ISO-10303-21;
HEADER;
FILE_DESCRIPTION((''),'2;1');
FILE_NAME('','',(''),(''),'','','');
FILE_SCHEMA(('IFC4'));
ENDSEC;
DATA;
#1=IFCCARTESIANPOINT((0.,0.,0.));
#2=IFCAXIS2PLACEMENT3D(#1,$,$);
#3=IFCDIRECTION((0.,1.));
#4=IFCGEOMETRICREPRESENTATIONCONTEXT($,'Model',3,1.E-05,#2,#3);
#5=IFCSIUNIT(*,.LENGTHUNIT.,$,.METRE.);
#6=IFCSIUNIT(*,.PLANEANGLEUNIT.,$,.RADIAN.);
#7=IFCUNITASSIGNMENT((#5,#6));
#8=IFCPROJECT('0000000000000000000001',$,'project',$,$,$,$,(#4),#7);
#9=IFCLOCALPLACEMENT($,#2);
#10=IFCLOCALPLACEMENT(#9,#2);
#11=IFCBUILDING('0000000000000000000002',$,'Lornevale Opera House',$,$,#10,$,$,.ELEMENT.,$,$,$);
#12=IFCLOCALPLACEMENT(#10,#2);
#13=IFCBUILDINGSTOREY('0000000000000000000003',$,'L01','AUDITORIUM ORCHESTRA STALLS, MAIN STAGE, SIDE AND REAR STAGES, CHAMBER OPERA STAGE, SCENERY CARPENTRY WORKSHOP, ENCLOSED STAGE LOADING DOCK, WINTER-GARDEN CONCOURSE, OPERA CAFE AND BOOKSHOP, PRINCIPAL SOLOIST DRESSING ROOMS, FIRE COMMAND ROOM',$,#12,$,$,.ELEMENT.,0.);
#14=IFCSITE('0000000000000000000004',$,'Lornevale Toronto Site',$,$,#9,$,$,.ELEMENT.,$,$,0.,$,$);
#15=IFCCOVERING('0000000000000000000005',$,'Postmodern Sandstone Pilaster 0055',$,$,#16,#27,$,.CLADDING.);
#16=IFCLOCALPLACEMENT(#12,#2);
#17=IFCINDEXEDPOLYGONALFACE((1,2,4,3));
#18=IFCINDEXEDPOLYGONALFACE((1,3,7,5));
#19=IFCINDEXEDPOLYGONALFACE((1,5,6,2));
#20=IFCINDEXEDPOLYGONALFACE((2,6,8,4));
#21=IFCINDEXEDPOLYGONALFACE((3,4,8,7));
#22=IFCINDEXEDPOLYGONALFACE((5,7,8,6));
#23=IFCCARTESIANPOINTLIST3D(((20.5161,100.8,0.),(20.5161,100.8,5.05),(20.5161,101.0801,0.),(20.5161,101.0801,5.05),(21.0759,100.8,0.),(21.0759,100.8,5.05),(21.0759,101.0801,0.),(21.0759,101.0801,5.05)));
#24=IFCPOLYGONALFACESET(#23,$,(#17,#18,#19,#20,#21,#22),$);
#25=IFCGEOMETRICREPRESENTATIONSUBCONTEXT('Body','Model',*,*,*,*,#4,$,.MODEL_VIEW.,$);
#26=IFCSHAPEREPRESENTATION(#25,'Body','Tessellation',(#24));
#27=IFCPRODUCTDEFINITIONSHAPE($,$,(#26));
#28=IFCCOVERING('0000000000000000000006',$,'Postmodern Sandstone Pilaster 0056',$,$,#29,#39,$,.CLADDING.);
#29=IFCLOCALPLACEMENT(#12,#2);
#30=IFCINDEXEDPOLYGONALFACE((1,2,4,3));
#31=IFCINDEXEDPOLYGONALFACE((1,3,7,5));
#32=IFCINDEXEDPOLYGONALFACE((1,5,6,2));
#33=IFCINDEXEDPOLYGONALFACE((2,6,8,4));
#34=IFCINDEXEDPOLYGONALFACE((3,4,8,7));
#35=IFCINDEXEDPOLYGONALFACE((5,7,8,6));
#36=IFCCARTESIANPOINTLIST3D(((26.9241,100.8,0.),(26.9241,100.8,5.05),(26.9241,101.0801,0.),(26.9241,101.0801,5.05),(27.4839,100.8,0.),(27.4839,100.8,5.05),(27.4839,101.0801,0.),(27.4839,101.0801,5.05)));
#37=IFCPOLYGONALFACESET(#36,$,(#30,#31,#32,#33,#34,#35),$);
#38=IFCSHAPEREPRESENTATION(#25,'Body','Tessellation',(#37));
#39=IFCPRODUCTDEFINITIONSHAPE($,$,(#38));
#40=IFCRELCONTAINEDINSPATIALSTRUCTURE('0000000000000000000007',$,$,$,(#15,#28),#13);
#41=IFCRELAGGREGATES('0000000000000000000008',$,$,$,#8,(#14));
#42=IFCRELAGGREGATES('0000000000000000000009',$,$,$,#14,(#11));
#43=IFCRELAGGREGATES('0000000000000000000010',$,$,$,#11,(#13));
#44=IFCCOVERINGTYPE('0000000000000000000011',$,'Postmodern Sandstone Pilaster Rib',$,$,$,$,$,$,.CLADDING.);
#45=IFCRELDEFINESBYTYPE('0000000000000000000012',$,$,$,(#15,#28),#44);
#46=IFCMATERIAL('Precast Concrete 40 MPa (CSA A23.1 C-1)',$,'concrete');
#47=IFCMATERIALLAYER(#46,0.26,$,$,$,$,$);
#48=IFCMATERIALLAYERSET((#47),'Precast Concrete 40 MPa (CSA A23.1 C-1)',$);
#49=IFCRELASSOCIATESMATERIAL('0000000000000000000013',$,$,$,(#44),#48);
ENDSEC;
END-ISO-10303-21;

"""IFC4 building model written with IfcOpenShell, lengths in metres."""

from ifc_helpers import new_model, si_unit, direction, origin, place, context, subcontext, project, spatial, polyline, outline, extrude, material, layer, layer_set, type_object, element, save


model = new_model("IFC4")

# Units and contexts
model_context = context("Model", 3, precision=1e-05, world=origin(), true_north=direction((0.0, 1.0)))
body_context = subcontext(model_context, "Body", "Model", "MODEL_VIEW")
ifc_project = project(units=[si_unit("LENGTHUNIT", "METRE"), si_unit("PLANEANGLEUNIT", "RADIAN")], contexts=[model_context])

# Site, building, storey
site_placement = place(None, origin())
site = spatial("IfcSite", under=ifc_project, at=site_placement, Name="Lornevale Toronto Site", CompositionType="ELEMENT", RefElevation=0.0)
building_placement = place(site_placement, origin())
building = spatial("IfcBuilding", under=site, at=building_placement, Name="Lornevale Opera House", CompositionType="ELEMENT")
storey_placement = place(building_placement, origin())
storey = spatial("IfcBuildingStorey", under=building, at=storey_placement, Name="L01", Description="AUDITORIUM ORCHESTRA STALLS, MAIN STAGE, SIDE AND REAR STAGES, CHAMBER OPERA STAGE, SCENERY CARPENTRY WORKSHOP, ENCLOSED STAGE LOADING DOCK, WINTER-GARDEN CONCOURSE, OPERA CAFE AND BOOKSHOP, PRINCIPAL SOLOIST DRESSING ROOMS, FIRE COMMAND ROOM", CompositionType="ELEMENT", Elevation=0.0)

# Coverings
ifc_material = material(Name="Precast Concrete 40 MPa (CSA A23.1 C-1)", Category="concrete")
ifc_layer = layer(ifc_material, 0.26)
ifc_layer_set = layer_set([ifc_layer], Name="Precast Concrete 40 MPa (CSA A23.1 C-1)")
covering_type = type_object("IfcCoveringType", Name="Postmodern Sandstone Pilaster Rib", PredefinedType="CLADDING", material=ifc_layer_set)
covering_1_placement = place(storey_placement, origin())
element("IfcCovering", 1, at=covering_1_placement, inside=storey, type_object=covering_type, Name="Postmodern Sandstone Pilaster 0055", PredefinedType="CLADDING", context=body_context, shape_type="SweptSolid", body=[
    extrude(outline(polyline([(20.5161, 100.8), (21.0759, 100.8), (21.0759, 101.0801), (20.5161, 101.0801), (20.5161, 100.8)])), origin(), (0.0, 0.0, 1.0), 5.05),
])
covering_2_placement = place(storey_placement, origin())
element("IfcCovering", 2, at=covering_2_placement, inside=storey, type_object=covering_type, Name="Postmodern Sandstone Pilaster 0056", PredefinedType="CLADDING", context=body_context, shape_type="SweptSolid", body=[
    extrude(outline(polyline([(26.9241, 100.8), (27.4839, 100.8), (27.4839, 101.0801), (26.9241, 101.0801), (26.9241, 100.8)])), origin(), (0.0, 0.0, 1.0), 5.05),
])

save(model, "model.ifc")
